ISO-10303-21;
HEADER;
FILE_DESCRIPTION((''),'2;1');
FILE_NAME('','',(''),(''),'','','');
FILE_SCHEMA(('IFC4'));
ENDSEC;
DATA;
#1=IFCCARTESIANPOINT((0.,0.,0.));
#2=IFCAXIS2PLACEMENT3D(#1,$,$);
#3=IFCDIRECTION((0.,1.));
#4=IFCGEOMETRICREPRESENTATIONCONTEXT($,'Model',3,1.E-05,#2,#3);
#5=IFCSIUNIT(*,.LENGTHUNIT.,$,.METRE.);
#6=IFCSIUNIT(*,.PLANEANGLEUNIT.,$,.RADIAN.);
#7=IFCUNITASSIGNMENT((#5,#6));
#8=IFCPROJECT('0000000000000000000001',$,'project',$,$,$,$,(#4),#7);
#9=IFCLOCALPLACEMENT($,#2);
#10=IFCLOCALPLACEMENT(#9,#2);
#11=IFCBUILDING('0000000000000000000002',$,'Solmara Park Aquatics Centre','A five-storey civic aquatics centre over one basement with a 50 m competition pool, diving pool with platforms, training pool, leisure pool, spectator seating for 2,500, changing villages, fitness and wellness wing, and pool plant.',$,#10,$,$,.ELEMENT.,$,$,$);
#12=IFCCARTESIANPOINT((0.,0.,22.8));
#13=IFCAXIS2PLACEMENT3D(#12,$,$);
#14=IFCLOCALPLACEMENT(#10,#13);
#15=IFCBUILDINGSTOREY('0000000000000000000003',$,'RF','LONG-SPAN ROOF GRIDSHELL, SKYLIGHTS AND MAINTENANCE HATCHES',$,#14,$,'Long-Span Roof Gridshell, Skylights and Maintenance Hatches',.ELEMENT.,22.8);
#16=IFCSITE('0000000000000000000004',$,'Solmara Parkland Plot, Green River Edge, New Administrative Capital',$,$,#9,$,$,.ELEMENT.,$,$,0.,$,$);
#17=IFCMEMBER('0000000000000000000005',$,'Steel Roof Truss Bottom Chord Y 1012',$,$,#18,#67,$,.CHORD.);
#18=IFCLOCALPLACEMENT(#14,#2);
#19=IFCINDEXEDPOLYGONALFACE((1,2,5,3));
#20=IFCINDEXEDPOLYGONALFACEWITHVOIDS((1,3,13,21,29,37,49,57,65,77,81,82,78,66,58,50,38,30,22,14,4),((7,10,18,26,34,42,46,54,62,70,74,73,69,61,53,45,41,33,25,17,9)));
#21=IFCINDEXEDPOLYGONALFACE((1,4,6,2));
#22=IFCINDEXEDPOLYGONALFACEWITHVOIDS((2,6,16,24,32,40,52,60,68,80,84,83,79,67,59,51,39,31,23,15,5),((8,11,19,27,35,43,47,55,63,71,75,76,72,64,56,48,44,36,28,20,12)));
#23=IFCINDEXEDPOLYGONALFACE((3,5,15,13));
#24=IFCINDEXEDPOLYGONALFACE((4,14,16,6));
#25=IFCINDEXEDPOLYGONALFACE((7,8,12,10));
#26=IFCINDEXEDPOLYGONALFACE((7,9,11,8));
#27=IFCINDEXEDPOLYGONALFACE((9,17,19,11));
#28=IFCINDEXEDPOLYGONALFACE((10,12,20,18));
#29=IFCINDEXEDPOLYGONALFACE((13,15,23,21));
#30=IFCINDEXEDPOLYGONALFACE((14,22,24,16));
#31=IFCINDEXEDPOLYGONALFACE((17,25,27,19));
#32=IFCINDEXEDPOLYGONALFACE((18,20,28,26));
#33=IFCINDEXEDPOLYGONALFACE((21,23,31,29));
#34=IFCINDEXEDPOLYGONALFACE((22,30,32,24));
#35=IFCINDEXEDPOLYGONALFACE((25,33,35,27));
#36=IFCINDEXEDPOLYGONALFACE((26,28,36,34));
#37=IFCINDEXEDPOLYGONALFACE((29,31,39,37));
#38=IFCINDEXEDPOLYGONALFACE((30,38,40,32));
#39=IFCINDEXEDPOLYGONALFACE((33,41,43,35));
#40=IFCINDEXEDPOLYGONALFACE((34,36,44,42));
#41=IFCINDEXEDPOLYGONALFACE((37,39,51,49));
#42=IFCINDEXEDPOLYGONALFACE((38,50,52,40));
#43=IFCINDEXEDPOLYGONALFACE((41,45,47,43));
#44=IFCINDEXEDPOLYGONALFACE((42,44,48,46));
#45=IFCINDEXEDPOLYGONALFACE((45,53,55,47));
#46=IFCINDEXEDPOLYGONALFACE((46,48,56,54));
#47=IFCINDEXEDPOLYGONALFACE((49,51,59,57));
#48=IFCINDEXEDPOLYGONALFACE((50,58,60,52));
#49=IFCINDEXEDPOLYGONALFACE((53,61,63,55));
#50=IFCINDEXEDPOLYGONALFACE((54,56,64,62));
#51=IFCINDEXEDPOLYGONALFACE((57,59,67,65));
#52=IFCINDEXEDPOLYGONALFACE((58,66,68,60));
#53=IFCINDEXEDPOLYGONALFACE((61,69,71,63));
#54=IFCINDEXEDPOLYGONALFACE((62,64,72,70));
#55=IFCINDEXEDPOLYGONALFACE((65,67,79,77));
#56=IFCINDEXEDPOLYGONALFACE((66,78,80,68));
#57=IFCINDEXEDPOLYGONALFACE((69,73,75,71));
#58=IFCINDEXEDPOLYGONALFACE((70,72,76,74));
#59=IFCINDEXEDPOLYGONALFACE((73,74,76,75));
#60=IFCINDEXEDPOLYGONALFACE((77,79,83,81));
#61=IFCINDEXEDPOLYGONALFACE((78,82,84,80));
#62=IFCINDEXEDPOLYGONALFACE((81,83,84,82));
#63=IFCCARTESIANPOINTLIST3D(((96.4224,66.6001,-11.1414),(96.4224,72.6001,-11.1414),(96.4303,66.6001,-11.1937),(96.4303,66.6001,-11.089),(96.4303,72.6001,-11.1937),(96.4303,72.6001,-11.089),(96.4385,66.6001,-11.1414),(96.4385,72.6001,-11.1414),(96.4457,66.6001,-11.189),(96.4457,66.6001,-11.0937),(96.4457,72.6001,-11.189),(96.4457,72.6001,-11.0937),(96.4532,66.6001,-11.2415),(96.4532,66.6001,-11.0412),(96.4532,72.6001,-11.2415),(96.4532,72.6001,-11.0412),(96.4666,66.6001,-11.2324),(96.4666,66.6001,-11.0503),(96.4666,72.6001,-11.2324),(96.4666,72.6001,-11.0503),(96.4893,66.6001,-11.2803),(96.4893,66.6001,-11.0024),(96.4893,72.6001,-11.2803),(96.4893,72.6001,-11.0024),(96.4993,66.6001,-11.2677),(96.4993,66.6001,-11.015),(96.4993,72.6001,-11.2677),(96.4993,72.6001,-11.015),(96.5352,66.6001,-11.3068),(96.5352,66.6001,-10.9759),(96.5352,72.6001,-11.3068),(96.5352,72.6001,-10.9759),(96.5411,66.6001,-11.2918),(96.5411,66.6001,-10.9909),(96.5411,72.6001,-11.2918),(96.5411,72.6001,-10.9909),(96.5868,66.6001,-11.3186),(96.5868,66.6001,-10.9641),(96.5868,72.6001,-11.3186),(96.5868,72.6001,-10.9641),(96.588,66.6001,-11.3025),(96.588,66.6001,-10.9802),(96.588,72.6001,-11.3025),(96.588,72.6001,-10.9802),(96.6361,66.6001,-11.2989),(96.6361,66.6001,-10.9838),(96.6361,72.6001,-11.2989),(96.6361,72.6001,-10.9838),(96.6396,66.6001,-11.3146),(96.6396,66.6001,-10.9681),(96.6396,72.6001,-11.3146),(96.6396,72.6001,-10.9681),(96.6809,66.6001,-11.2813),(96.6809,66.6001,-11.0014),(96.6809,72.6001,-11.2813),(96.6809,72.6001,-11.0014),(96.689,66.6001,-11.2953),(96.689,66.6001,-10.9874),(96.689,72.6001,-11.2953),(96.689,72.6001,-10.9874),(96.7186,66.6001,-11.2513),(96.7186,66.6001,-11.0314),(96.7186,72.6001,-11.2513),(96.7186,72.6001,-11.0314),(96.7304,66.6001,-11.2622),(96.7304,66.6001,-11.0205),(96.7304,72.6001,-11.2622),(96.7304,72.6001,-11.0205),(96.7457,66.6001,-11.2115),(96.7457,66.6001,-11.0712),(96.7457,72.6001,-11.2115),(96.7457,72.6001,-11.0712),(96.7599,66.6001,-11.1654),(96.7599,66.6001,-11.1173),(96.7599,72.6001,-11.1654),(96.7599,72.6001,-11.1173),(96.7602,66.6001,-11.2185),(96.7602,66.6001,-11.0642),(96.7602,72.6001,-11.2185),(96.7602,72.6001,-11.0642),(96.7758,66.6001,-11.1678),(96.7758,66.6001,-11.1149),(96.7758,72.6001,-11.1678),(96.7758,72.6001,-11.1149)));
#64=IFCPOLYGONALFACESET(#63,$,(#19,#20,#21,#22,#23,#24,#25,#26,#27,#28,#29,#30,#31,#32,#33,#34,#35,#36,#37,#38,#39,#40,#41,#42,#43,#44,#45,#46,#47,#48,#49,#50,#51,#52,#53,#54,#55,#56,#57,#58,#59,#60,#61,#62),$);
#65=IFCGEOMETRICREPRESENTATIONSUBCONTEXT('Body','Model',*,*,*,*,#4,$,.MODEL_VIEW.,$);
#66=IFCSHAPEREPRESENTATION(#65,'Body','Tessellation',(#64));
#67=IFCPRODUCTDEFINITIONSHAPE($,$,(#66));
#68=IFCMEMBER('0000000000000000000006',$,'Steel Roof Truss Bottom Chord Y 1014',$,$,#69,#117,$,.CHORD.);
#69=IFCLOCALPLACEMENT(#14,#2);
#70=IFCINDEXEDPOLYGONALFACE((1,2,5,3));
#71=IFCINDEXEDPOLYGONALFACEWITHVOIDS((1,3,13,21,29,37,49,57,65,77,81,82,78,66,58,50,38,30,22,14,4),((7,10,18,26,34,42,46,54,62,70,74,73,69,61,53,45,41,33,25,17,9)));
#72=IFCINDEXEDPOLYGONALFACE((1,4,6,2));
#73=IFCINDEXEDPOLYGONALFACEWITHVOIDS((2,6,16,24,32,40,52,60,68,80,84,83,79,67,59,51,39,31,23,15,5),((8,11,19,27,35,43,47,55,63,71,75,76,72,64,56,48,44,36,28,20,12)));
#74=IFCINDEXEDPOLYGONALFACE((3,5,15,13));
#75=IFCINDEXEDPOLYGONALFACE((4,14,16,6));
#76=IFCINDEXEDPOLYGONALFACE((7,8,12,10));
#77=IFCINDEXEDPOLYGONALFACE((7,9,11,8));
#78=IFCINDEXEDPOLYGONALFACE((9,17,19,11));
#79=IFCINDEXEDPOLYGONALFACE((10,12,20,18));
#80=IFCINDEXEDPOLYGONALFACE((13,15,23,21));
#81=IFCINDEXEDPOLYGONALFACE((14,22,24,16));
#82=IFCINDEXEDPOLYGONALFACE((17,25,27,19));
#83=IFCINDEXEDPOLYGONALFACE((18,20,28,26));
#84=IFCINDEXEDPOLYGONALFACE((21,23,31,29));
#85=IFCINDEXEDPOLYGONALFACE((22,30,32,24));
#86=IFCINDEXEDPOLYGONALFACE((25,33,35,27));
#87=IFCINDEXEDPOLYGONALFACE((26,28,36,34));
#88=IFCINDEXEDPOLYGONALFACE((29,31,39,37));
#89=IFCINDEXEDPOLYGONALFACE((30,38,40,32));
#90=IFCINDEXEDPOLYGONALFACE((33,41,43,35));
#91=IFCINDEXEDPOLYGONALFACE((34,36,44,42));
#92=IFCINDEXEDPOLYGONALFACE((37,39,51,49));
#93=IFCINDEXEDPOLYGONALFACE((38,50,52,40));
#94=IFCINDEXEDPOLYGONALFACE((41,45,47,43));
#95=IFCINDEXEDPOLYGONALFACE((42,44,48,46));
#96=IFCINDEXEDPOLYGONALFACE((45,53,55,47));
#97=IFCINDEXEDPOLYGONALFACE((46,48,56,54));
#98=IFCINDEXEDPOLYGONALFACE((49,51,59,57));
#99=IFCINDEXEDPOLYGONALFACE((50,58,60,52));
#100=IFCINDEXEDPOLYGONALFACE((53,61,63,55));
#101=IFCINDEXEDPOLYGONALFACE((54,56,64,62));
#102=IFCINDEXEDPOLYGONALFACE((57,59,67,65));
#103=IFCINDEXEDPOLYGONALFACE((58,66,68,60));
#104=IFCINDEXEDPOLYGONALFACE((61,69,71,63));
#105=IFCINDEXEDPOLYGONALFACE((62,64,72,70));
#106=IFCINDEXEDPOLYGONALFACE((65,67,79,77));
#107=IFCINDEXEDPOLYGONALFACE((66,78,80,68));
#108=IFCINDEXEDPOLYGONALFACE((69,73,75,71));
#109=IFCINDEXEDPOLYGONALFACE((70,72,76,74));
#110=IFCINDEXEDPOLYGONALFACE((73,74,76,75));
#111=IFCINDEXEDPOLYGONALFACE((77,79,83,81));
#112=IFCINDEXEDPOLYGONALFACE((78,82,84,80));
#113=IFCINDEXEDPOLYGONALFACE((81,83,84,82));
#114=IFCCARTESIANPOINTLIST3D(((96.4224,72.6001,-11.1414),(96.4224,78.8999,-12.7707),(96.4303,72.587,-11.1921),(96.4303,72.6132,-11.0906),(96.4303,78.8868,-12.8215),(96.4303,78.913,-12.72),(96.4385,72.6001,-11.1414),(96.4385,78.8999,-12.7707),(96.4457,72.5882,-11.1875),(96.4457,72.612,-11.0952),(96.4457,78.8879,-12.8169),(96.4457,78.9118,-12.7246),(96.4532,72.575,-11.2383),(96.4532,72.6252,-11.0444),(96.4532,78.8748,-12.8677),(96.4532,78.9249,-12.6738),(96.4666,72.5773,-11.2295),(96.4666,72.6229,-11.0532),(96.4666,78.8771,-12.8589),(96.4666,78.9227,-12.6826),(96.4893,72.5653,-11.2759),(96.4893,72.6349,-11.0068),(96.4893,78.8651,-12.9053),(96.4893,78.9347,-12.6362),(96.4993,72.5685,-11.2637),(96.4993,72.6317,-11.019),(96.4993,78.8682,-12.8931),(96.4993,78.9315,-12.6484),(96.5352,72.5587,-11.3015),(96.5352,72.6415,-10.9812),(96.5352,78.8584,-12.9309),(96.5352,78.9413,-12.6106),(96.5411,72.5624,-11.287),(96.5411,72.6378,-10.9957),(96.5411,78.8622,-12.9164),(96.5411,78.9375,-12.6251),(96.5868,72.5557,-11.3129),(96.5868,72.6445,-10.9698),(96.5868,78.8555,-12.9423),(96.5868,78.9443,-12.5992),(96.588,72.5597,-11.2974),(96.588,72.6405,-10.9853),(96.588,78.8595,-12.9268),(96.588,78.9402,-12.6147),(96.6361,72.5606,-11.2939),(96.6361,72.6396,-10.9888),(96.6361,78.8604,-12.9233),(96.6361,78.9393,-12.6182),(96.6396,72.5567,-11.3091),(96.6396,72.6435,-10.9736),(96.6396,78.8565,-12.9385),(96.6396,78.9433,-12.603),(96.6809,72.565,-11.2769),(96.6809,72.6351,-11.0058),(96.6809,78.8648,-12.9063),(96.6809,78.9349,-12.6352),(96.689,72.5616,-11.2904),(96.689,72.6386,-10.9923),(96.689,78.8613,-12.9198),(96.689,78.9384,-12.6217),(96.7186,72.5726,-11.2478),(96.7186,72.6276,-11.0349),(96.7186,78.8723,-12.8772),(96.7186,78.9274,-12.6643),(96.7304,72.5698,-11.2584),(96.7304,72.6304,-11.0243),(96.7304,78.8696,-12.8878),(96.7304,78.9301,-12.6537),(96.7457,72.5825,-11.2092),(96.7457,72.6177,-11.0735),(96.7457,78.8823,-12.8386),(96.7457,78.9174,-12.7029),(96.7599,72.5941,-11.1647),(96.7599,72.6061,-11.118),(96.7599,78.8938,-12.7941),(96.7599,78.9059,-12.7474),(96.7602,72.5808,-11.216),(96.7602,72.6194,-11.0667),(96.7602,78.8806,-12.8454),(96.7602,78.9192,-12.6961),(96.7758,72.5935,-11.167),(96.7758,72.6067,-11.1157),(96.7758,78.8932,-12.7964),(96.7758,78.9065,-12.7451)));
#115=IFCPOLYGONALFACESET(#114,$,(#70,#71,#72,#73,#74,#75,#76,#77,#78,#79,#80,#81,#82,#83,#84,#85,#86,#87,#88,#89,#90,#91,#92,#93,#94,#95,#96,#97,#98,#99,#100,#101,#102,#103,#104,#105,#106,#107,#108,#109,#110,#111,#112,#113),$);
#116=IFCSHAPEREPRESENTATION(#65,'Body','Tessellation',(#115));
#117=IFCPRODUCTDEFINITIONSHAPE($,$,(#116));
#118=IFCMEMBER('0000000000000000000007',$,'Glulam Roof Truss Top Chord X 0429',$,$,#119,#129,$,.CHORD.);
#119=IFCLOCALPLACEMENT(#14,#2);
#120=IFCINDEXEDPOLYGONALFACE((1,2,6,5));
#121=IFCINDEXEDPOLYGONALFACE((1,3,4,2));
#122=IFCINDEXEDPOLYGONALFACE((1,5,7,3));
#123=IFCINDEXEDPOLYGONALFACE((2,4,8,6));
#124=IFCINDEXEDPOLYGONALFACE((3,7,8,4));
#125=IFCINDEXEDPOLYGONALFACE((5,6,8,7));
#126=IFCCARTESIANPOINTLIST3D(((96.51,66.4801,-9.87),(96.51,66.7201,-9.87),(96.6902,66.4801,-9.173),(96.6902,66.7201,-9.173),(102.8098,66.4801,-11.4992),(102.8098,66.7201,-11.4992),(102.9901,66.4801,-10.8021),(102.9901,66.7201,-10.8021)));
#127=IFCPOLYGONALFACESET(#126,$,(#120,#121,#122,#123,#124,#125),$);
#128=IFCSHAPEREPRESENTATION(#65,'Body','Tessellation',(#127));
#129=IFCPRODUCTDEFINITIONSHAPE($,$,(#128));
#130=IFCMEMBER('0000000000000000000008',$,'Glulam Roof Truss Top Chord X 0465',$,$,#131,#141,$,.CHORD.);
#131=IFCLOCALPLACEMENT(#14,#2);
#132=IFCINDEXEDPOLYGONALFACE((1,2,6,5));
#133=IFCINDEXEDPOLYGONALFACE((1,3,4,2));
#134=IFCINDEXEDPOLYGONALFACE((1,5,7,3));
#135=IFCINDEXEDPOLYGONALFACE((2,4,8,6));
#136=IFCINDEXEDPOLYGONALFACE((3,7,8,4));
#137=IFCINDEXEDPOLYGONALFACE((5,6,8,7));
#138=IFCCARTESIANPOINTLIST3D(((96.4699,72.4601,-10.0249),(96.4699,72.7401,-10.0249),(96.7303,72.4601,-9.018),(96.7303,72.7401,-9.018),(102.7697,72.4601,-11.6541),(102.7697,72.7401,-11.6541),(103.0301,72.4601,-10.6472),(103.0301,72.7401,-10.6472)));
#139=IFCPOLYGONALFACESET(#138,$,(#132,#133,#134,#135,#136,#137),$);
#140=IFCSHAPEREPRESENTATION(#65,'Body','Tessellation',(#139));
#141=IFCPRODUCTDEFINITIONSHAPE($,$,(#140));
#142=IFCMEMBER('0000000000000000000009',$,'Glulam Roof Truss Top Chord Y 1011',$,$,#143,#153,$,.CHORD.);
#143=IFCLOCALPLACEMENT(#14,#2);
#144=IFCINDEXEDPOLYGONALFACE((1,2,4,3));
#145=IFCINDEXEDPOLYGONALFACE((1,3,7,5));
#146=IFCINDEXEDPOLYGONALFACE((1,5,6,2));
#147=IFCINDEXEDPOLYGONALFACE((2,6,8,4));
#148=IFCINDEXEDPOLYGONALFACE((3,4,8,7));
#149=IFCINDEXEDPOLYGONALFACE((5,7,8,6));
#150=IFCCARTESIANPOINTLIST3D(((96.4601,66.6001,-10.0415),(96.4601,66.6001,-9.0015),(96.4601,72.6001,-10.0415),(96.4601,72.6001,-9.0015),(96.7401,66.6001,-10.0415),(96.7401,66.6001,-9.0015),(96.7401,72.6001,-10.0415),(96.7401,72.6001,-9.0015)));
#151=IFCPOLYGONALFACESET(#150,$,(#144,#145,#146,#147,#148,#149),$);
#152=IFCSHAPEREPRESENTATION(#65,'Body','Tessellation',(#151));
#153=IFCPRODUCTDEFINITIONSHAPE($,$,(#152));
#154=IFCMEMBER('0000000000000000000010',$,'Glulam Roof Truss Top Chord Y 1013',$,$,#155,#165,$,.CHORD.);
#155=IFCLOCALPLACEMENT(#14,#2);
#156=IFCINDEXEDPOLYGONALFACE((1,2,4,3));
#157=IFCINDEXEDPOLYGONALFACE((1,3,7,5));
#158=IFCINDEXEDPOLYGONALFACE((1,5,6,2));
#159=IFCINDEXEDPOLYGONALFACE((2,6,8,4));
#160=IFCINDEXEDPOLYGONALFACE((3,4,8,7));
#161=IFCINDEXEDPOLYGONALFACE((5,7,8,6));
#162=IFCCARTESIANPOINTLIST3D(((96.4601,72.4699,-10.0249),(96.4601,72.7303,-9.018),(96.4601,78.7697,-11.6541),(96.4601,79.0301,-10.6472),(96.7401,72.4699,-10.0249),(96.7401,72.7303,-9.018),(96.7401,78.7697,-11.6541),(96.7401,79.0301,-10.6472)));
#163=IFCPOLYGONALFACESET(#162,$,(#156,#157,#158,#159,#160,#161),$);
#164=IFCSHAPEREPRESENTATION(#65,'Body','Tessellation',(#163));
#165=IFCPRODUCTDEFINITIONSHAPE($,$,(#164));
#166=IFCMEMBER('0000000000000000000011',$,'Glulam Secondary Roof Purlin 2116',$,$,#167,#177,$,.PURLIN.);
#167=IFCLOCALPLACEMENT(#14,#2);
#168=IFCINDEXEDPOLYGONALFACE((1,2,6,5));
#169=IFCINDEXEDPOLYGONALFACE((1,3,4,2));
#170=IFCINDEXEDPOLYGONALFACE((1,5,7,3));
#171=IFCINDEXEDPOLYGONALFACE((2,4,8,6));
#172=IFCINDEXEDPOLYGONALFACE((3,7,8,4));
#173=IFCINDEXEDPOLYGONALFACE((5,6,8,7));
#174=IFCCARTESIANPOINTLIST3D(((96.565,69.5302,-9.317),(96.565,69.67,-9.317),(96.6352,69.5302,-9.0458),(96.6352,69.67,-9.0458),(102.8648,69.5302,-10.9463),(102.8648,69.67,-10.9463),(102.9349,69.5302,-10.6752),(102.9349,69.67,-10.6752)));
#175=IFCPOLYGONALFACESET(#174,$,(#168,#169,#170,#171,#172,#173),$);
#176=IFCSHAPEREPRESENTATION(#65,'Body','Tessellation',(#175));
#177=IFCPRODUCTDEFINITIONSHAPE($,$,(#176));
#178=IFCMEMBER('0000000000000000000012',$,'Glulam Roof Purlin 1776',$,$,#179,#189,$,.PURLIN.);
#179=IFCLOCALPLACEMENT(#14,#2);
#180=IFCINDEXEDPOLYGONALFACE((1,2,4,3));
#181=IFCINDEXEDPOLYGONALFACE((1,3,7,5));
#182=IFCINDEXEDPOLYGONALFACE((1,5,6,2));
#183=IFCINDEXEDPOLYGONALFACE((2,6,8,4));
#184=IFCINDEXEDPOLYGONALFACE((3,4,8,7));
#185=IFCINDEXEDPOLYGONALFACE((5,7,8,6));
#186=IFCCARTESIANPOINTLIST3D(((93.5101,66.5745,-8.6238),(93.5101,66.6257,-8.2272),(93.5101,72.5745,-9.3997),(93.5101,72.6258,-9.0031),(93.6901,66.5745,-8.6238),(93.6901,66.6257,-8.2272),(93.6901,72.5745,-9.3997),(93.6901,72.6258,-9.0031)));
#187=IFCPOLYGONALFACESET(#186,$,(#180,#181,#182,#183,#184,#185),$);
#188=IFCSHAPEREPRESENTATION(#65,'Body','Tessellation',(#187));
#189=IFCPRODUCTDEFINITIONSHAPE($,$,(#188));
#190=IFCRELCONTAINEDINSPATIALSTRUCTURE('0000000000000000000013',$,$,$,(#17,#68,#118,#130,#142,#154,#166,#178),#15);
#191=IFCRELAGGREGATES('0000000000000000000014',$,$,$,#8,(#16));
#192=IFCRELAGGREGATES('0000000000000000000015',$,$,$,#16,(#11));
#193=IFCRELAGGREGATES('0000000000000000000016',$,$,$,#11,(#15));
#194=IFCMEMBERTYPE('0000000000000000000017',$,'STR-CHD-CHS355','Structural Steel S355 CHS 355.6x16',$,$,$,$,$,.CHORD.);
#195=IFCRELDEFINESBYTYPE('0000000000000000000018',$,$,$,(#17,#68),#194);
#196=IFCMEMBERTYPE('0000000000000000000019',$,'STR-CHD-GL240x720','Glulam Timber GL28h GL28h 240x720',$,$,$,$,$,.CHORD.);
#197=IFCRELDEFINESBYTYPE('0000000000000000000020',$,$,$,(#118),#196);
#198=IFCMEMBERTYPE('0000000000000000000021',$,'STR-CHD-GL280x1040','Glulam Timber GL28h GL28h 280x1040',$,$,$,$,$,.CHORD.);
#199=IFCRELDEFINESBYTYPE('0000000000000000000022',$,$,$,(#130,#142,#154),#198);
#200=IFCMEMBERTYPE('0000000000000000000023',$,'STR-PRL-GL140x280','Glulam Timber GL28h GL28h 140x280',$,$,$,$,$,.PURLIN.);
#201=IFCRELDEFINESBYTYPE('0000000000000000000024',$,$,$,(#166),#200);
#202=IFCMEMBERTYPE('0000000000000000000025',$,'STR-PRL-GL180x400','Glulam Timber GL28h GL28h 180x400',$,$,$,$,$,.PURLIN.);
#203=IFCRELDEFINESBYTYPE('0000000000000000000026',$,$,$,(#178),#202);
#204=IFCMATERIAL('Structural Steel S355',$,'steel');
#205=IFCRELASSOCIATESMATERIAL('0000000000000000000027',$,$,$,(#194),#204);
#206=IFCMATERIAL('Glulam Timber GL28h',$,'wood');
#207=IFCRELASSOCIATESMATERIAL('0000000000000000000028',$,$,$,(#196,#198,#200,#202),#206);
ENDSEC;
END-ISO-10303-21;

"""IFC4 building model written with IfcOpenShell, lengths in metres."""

from ifc_helpers import new_model, si_unit, direction, frame, origin, origin_2d, place, context, subcontext, project, spatial, rectangle, hollow_circle, extrude, material, material_profile, profile_set, type_object, element, save


model = new_model("IFC4")

# Units and contexts
model_context = context("Model", 3, precision=1e-05, world=origin(), true_north=direction((0.0, 1.0)))
body_context = subcontext(model_context, "Body", "Model", "MODEL_VIEW")
ifc_project = project(units=[si_unit("LENGTHUNIT", "METRE"), si_unit("PLANEANGLEUNIT", "RADIAN")], contexts=[model_context])

# Site, building, storey
site_placement = place(None, origin())
site = spatial("IfcSite", under=ifc_project, at=site_placement, Name="Solmara Parkland Plot, Green River Edge, New Administrative Capital", CompositionType="ELEMENT", RefElevation=0.0)
building_placement = place(site_placement, origin())
building = spatial("IfcBuilding", under=site, at=building_placement, Name="Solmara Park Aquatics Centre", Description="A five-storey civic aquatics centre over one basement with a 50 m competition pool, diving pool with platforms, training pool, leisure pool, spectator seating for 2,500, changing villages, fitness and wellness wing, and pool plant.", CompositionType="ELEMENT")
storey_placement = place(building_placement, frame((0.0, 0.0, 22.8)))
storey = spatial("IfcBuildingStorey", under=building, at=storey_placement, Name="RF", Description="LONG-SPAN ROOF GRIDSHELL, SKYLIGHTS AND MAINTENANCE HATCHES", LongName="Long-Span Roof Gridshell, Skylights and Maintenance Hatches", CompositionType="ELEMENT", Elevation=22.8)

# Members
ifc_material_1 = material(Name="Structural Steel S355", Category="steel")
ifc_material_profile_1 = material_profile(ifc_material_1, hollow_circle(Radius=0.1777, WallThickness=0.0161, at=origin_2d()), Name="CHS 355.6x16")
ifc_profile_set_1 = profile_set([ifc_material_profile_1], Name="Structural Steel S355")
member_type_1 = type_object("IfcMemberType", Name="STR-CHD-CHS355", Description="Structural Steel S355 CHS 355.6x16", PredefinedType="CHORD", material=ifc_profile_set_1)
member_1_placement = place(storey_placement, frame((96.6001, 66.6001, -11.1414), z_axis=(0.0, 1.0, 0.0), x_axis=(-1.0, 0.0, 0.0)))
element("IfcMember", 1, at=member_1_placement, inside=storey, type_object=member_type_1, Name="Steel Roof Truss Bottom Chord Y 1012", PredefinedType="CHORD", context=body_context, shape_type="SweptSolid", body=[
    extrude(hollow_circle(Radius=0.1777, WallThickness=0.0161, at=origin_2d()), origin(), (0.0, 0.0, 1.0), 6.0),
])
member_2_placement = place(storey_placement, frame((96.6001, 72.6001, -11.1414), z_axis=(0.0, 0.968142, -0.250402), x_axis=(-1.0, 0.0, 0.0)))
element("IfcMember", 2, at=member_2_placement, inside=storey, type_object=member_type_1, Name="Steel Roof Truss Bottom Chord Y 1014", PredefinedType="CHORD", context=body_context, shape_type="SweptSolid", body=[
    extrude(hollow_circle(Radius=0.1777, WallThickness=0.0161, at=origin_2d()), origin(), (0.0, 0.0, 1.0), 6.5071),
])
ifc_material_2 = material(Name="Glulam Timber GL28h", Category="wood")
ifc_material_profile_2 = material_profile(ifc_material_2, rectangle(XDim=0.24, YDim=0.72, at=origin_2d()), Name="GL28h 240x720")
ifc_profile_set_2 = profile_set([ifc_material_profile_2], Name="Glulam Timber GL28h")
member_type_2 = type_object("IfcMemberType", Name="STR-CHD-GL240x720", Description="Glulam Timber GL28h GL28h 240x720", PredefinedType="CHORD", material=ifc_profile_set_2)
member_3_placement = place(storey_placement, frame((96.6001, 66.6001, -9.5215), z_axis=(0.968151, 0.0, -0.250367), x_axis=(0.0, 1.0, 0.0)))
element("IfcMember", 3, at=member_3_placement, inside=storey, type_object=member_type_2, Name="Glulam Roof Truss Top Chord X 0429", PredefinedType="CHORD", context=body_context, shape_type="SweptSolid", body=[
    extrude(rectangle(XDim=0.24, YDim=0.72, at=origin_2d()), origin(), (0.0, 0.0, 1.0), 6.5071),
])
ifc_material_profile_3 = material_profile(ifc_material_2, rectangle(XDim=0.28, YDim=1.04, at=origin_2d()), Name="GL28h 280x1040")
ifc_profile_set_3 = profile_set([ifc_material_profile_3], Name="Glulam Timber GL28h")
member_type_3 = type_object("IfcMemberType", Name="STR-CHD-GL280x1040", Description="Glulam Timber GL28h GL28h 280x1040", PredefinedType="CHORD", material=ifc_profile_set_3)
member_4_placement = place(storey_placement, frame((96.6001, 72.6001, -9.5215), z_axis=(0.968151, 0.0, -0.250367), x_axis=(0.0, 1.0, 0.0)))
element("IfcMember", 4, at=member_4_placement, inside=storey, type_object=member_type_3, Name="Glulam Roof Truss Top Chord X 0465", PredefinedType="CHORD", context=body_context, shape_type="SweptSolid", body=[
    extrude(rectangle(XDim=0.28, YDim=1.04, at=origin_2d()), origin(), (0.0, 0.0, 1.0), 6.5071),
])
member_5_placement = place(storey_placement, frame((96.6001, 66.6001, -9.5215), z_axis=(0.0, 1.0, 0.0), x_axis=(-1.0, 0.0, 0.0)))
element("IfcMember", 5, at=member_5_placement, inside=storey, type_object=member_type_3, Name="Glulam Roof Truss Top Chord Y 1011", PredefinedType="CHORD", context=body_context, shape_type="SweptSolid", body=[
    extrude(rectangle(XDim=0.28, YDim=1.04, at=origin_2d()), origin(), (0.0, 0.0, 1.0), 6.0),
])
member_6_placement = place(storey_placement, frame((96.6001, 72.6001, -9.5215), z_axis=(0.0, 0.968151, -0.250367), x_axis=(-1.0, 0.0, 0.0)))
element("IfcMember", 6, at=member_6_placement, inside=storey, type_object=member_type_3, Name="Glulam Roof Truss Top Chord Y 1013", PredefinedType="CHORD", context=body_context, shape_type="SweptSolid", body=[
    extrude(rectangle(XDim=0.28, YDim=1.04, at=origin_2d()), origin(), (0.0, 0.0, 1.0), 6.5071),
])
ifc_material_profile_4 = material_profile(ifc_material_2, rectangle(XDim=0.1399, YDim=0.28, at=origin_2d()), Name="GL28h 140x280")
ifc_profile_set_4 = profile_set([ifc_material_profile_4], Name="Glulam Timber GL28h")
member_type_4 = type_object("IfcMemberType", Name="STR-PRL-GL140x280", Description="Glulam Timber GL28h GL28h 140x280", PredefinedType="PURLIN", material=ifc_profile_set_4)
member_7_placement = place(storey_placement, frame((96.6001, 69.6001, -9.1814), z_axis=(0.968142, 0.0, -0.250402), x_axis=(0.0, 1.0, 0.0)))
element("IfcMember", 7, at=member_7_placement, inside=storey, type_object=member_type_4, Name="Glulam Secondary Roof Purlin 2116", PredefinedType="PURLIN", context=body_context, shape_type="SweptSolid", body=[
    extrude(rectangle(XDim=0.1399, YDim=0.28, at=origin_2d()), origin(), (0.0, 0.0, 1.0), 6.5071),
])
ifc_material_profile_5 = material_profile(ifc_material_2, rectangle(XDim=0.1799, YDim=0.3999, at=origin_2d()), Name="GL28h 180x400")
ifc_profile_set_5 = profile_set([ifc_material_profile_5], Name="Glulam Timber GL28h")
member_type_5 = type_object("IfcMemberType", Name="STR-PRL-GL180x400", Description="Glulam Timber GL28h GL28h 180x400", PredefinedType="PURLIN", material=ifc_profile_set_5)
member_8_placement = place(storey_placement, frame((93.6001, 66.6001, -8.4255), z_axis=(0.0, 0.991742, -0.128245), x_axis=(-1.0, 0.0, 0.0)))
element("IfcMember", 8, at=member_8_placement, inside=storey, type_object=member_type_5, Name="Glulam Roof Purlin 1776", PredefinedType="PURLIN", context=body_context, shape_type="SweptSolid", body=[
    extrude(rectangle(XDim=0.1799, YDim=0.3999, at=origin_2d()), origin(), (0.0, 0.0, 1.0), 6.05),
])

save(model, "model.ifc")
